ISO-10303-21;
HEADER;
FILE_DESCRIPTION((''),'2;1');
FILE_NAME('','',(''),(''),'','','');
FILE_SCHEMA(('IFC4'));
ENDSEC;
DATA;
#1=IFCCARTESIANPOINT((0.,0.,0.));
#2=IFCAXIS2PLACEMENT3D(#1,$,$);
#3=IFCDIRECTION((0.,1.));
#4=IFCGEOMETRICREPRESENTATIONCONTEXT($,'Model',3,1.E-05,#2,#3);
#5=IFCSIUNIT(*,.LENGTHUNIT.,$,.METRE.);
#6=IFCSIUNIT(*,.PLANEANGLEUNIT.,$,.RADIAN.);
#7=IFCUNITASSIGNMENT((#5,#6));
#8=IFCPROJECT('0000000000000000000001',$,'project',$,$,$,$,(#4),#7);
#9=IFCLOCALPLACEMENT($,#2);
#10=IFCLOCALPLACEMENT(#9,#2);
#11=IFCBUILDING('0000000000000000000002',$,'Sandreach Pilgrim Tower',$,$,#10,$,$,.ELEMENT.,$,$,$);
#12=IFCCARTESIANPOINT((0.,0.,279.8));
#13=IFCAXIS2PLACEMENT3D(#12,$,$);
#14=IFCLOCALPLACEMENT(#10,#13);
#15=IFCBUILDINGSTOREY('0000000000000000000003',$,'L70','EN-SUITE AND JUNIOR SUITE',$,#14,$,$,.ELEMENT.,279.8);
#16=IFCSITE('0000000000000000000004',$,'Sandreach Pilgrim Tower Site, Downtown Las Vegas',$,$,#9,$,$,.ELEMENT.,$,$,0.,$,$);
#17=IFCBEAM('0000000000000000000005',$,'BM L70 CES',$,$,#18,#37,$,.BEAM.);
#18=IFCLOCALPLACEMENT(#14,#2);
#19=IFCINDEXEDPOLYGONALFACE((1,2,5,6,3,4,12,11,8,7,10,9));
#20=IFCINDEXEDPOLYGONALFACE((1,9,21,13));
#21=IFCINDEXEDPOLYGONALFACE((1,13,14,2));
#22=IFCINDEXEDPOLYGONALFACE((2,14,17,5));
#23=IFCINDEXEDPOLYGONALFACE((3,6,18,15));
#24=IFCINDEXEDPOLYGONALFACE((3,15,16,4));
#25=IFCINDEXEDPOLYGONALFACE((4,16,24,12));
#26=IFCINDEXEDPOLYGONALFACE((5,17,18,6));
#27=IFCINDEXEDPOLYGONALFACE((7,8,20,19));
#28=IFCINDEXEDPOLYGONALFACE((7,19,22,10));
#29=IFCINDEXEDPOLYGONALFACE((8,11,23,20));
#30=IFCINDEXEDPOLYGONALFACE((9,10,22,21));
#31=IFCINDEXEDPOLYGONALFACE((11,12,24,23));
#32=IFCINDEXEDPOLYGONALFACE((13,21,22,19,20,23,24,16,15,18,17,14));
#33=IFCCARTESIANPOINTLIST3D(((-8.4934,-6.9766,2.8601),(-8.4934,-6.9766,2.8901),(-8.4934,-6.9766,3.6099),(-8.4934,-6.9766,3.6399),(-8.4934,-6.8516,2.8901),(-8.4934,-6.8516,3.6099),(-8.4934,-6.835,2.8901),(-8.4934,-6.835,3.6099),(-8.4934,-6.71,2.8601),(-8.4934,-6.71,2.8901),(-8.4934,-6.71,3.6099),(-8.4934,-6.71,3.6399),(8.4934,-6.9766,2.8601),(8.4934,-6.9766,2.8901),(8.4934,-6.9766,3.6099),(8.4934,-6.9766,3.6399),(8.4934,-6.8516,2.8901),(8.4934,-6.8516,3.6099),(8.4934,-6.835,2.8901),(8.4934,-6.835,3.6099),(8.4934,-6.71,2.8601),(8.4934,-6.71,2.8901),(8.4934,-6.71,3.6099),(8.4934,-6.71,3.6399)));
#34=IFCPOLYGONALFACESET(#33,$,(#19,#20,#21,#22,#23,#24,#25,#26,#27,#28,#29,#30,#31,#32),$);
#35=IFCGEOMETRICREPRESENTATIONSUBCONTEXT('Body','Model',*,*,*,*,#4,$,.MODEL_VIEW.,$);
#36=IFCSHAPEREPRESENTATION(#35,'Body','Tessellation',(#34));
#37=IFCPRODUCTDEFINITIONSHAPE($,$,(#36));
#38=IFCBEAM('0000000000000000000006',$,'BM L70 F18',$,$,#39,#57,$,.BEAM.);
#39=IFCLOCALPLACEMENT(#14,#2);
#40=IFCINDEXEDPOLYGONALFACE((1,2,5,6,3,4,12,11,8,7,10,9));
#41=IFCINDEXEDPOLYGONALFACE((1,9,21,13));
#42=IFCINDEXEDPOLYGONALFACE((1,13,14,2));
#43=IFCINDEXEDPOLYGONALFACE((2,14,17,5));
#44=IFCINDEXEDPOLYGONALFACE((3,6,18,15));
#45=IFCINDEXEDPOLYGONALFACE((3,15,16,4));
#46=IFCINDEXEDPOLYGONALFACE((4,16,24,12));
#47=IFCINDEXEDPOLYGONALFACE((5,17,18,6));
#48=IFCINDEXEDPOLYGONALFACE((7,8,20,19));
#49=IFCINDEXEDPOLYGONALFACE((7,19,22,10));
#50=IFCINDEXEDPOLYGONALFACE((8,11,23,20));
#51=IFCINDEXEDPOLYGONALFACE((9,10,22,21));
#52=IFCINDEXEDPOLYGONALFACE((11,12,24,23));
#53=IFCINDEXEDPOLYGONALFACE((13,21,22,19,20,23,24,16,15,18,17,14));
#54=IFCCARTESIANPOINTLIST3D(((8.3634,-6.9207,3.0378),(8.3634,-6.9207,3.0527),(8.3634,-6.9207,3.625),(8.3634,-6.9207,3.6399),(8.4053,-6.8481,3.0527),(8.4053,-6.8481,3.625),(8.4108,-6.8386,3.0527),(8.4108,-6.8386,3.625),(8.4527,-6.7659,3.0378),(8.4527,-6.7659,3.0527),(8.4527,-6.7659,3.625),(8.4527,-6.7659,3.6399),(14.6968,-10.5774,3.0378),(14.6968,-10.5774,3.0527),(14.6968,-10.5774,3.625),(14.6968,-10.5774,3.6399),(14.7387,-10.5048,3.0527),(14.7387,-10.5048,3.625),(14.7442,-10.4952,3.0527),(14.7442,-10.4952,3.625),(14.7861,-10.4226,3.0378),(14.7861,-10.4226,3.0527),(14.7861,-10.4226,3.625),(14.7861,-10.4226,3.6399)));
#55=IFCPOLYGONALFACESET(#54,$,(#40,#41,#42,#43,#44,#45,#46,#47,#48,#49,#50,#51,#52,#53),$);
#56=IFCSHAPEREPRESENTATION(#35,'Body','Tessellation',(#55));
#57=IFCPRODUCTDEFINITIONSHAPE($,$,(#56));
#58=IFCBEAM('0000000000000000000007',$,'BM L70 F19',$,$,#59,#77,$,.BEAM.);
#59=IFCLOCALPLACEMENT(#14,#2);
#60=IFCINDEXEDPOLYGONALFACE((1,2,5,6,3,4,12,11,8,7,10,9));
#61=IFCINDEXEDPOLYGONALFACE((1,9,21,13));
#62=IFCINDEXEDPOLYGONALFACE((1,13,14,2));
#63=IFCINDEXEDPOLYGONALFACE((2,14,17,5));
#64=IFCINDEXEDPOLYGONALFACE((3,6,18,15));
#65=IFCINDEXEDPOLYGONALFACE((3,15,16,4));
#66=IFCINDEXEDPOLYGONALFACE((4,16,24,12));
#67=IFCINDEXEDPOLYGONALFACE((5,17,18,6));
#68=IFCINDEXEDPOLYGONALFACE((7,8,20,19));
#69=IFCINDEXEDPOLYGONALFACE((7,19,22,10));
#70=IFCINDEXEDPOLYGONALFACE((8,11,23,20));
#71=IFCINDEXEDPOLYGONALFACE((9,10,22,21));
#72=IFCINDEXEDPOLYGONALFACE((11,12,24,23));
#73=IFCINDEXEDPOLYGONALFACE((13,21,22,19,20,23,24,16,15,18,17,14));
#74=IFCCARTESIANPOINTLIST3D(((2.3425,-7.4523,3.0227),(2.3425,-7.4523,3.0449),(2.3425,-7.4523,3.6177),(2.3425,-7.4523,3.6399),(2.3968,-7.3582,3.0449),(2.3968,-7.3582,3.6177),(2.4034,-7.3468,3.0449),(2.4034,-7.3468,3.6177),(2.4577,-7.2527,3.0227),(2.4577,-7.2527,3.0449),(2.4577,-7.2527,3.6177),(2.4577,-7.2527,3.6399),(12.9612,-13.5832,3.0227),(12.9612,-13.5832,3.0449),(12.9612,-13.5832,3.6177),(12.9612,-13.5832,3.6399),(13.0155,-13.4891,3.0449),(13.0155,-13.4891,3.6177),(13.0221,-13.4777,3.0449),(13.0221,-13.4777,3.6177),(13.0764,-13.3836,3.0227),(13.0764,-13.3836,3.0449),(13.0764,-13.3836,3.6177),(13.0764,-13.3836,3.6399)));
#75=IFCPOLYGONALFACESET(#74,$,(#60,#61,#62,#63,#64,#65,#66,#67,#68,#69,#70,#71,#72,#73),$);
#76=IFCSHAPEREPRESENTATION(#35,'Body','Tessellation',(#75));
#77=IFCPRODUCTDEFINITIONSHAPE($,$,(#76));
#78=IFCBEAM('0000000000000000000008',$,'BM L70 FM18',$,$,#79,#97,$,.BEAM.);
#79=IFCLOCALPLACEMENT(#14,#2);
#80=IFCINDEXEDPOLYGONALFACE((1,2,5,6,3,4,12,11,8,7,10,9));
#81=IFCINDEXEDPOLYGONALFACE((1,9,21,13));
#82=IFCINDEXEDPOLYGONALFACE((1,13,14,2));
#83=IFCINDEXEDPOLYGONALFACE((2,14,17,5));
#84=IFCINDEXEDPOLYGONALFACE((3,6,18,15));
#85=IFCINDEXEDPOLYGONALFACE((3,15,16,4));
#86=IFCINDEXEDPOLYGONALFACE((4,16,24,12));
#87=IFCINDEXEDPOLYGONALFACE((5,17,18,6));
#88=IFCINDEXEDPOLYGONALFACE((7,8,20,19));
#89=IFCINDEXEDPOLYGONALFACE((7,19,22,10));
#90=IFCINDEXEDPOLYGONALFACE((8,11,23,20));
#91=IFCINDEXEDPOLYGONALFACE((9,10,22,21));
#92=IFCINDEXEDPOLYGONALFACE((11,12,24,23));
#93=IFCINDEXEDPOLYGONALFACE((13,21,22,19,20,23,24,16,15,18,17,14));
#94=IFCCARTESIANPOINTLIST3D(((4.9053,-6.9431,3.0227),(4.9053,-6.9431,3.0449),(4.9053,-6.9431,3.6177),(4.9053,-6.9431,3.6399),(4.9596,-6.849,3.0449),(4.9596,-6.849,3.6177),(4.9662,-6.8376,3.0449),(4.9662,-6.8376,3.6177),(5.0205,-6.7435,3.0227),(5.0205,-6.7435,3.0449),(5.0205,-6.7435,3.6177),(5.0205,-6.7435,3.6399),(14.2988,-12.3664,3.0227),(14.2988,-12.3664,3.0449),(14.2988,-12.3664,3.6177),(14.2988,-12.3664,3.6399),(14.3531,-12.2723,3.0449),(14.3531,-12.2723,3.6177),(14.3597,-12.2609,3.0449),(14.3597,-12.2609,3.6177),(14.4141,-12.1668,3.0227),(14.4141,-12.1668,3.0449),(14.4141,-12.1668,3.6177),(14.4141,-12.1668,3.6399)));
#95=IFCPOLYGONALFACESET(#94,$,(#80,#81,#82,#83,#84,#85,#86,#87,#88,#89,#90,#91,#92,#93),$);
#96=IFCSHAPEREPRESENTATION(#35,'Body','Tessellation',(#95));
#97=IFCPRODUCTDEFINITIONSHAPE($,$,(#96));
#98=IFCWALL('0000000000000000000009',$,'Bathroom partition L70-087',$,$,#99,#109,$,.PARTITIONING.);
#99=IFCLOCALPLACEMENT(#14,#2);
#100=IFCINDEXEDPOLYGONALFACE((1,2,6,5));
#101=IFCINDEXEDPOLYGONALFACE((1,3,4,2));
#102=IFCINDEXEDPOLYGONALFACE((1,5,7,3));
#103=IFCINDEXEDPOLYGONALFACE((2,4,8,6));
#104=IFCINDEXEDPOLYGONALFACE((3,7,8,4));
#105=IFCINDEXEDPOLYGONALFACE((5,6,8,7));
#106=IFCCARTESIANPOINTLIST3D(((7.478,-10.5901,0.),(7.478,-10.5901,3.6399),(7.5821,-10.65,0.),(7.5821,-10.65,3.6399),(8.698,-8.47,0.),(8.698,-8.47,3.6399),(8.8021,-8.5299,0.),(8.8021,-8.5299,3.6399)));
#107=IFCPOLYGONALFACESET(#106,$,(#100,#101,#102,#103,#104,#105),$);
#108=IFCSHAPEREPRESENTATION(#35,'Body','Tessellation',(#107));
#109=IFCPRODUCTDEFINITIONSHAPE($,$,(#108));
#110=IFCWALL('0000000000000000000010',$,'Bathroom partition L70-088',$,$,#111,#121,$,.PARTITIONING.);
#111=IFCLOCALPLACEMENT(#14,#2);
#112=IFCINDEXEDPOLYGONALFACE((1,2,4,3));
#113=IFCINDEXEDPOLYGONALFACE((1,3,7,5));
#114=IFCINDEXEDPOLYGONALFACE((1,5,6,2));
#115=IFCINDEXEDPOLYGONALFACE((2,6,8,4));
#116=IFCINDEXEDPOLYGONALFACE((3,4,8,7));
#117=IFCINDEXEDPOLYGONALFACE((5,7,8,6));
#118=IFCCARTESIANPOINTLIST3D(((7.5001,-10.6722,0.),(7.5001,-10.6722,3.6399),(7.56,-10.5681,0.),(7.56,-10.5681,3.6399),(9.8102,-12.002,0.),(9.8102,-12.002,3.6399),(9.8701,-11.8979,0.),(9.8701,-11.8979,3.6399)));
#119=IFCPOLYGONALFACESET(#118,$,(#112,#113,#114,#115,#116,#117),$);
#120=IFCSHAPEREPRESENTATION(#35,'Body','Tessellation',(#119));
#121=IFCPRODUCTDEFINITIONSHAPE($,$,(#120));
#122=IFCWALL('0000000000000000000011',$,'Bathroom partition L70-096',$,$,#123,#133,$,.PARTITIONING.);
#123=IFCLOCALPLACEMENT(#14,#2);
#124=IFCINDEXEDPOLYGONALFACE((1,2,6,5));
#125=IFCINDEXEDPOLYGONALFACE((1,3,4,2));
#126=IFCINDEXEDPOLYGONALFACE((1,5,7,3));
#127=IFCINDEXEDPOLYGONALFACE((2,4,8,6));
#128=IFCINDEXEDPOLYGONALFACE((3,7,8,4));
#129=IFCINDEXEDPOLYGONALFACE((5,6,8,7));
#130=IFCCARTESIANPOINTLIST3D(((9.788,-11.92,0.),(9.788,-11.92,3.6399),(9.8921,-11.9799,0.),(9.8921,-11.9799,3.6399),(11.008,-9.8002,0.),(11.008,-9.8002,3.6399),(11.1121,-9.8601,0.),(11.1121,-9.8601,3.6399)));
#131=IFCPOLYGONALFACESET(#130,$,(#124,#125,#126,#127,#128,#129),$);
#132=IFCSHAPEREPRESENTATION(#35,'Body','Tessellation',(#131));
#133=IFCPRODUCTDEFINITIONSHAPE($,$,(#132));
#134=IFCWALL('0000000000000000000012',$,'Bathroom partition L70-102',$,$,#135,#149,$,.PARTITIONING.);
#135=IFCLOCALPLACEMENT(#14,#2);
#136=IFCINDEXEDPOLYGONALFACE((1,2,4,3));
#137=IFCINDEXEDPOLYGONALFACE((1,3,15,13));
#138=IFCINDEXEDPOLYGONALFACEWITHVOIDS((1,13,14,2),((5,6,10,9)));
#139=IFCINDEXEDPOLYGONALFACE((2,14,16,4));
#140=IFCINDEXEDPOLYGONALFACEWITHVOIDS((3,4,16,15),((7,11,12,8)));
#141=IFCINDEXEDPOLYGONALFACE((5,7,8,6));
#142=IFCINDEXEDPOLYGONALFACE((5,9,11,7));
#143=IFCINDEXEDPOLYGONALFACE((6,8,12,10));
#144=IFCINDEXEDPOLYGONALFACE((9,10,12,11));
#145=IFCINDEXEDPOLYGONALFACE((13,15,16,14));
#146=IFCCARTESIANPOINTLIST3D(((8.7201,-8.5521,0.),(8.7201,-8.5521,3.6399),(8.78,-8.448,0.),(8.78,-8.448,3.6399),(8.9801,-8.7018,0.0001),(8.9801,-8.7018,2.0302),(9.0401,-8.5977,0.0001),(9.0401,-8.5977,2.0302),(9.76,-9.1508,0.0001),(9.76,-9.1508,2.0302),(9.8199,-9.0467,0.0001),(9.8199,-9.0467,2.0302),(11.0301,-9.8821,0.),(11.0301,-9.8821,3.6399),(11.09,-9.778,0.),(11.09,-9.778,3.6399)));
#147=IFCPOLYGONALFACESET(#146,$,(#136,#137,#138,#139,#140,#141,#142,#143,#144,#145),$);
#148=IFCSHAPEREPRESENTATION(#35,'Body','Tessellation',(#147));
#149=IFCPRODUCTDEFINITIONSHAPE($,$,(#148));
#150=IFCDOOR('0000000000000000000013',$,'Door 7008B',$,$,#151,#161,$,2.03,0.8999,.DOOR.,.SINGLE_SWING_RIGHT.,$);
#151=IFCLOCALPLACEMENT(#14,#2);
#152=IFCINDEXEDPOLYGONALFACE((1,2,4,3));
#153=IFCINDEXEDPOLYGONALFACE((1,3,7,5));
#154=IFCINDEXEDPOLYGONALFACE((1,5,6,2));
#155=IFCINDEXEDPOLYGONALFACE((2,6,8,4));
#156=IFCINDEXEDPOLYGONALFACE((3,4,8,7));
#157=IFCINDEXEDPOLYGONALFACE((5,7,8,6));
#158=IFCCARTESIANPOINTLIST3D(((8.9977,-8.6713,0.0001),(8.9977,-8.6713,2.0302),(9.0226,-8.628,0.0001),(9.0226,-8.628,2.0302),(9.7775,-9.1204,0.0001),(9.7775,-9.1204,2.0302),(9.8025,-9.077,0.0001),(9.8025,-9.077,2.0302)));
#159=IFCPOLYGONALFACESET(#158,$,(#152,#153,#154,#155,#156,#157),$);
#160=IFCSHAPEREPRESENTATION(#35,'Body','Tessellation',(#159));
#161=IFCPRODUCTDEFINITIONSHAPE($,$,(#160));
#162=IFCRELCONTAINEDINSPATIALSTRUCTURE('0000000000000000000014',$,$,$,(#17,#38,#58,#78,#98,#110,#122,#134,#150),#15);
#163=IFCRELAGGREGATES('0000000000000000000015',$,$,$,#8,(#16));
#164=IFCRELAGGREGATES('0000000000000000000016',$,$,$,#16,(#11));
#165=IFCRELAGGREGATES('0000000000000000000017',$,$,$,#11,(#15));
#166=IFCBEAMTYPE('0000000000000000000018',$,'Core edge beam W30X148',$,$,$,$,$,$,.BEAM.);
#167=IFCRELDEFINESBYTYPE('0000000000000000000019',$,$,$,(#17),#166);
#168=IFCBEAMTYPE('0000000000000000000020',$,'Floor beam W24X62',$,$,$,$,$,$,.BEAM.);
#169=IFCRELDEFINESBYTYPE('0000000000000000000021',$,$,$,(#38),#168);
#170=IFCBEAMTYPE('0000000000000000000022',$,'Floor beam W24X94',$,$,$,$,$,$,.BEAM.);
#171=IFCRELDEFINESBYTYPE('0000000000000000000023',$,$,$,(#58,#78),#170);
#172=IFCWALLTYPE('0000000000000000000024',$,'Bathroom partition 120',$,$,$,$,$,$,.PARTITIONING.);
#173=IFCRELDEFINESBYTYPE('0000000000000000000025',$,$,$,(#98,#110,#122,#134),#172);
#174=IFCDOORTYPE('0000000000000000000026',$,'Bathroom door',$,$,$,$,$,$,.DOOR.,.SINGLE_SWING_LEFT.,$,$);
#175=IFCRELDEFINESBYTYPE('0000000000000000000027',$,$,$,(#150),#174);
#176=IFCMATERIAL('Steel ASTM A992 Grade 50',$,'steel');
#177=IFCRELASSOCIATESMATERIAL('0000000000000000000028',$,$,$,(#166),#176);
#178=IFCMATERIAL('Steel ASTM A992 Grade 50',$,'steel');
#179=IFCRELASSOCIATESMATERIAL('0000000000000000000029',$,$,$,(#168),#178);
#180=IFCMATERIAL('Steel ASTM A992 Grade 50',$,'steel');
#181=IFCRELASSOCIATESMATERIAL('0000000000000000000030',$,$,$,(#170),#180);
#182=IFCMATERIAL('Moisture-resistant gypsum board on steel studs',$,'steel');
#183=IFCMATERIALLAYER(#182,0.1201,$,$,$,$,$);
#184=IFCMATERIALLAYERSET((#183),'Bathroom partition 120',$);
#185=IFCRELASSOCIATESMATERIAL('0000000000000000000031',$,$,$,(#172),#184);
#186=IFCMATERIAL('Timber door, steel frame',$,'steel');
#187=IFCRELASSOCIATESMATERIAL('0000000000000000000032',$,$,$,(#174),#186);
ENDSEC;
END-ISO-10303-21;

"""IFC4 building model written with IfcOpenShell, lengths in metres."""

from ifc_helpers import new_model, si_unit, direction, frame, frame_2d, origin, origin_2d, place, context, subcontext, project, spatial, rectangle, i_section, extrude, material, layer, layer_set, material_profile, profile_set, type_object, element, fill, save


model = new_model("IFC4")

# Units and contexts
model_context = context("Model", 3, precision=1e-05, world=origin(), true_north=direction((0.0, 1.0)))
body_context = subcontext(model_context, "Body", "Model", "MODEL_VIEW")
ifc_project = project(units=[si_unit("LENGTHUNIT", "METRE"), si_unit("PLANEANGLEUNIT", "RADIAN")], contexts=[model_context])

# Site, building, storey
site_placement = place(None, origin())
site = spatial("IfcSite", under=ifc_project, at=site_placement, Name="Sandreach Pilgrim Tower Site, Downtown Las Vegas", CompositionType="ELEMENT", RefElevation=0.0)
building_placement = place(site_placement, origin())
building = spatial("IfcBuilding", under=site, at=building_placement, Name="Sandreach Pilgrim Tower", CompositionType="ELEMENT")
storey_placement = place(building_placement, frame((0.0, 0.0, 279.8)))
storey = spatial("IfcBuildingStorey", under=building, at=storey_placement, Name="L70", Description="EN-SUITE AND JUNIOR SUITE", CompositionType="ELEMENT", Elevation=279.8)

# Beams
ifc_material_1 = material(Name="Steel ASTM A992 Grade 50", Category="steel")
ifc_material_profile_1 = material_profile(ifc_material_1, i_section(OverallWidth=0.2666, OverallDepth=0.7798, WebThickness=0.0166, FlangeThickness=0.03, at=origin_2d()), Name="W30X148")
ifc_profile_set_1 = profile_set([ifc_material_profile_1], Name="Steel ASTM A992 Grade 50")
beam_type_1 = type_object("IfcBeamType", Name="Core edge beam W30X148", PredefinedType="BEAM", material=ifc_profile_set_1)
beam_1_placement = place(storey_placement, frame((8.4934, -6.8433, 3.25), z_axis=(-1.0, 0.0, 0.0), x_axis=(0.0, -1.0, 0.0)))
element("IfcBeam", 1, at=beam_1_placement, inside=storey, type_object=beam_type_1, Name="BM L70 CES", PredefinedType="BEAM", context=body_context, shape_type="SweptSolid", body=[
    extrude(i_section(OverallWidth=0.2666, OverallDepth=0.7798, WebThickness=0.0166, FlangeThickness=0.03, at=origin_2d()), origin(), (0.0, 0.0, 1.0), 16.9868),
])
ifc_material_2 = material(Name="Steel ASTM A992 Grade 50", Category="steel")
ifc_material_profile_2 = material_profile(ifc_material_2, i_section(OverallWidth=0.1787, OverallDepth=0.6021, WebThickness=0.011, FlangeThickness=0.0149, at=origin_2d()), Name="W24X62")
ifc_profile_set_2 = profile_set([ifc_material_profile_2], Name="Steel ASTM A992 Grade 50")
beam_type_2 = type_object("IfcBeamType", Name="Floor beam W24X62", PredefinedType="BEAM", material=ifc_profile_set_2)
beam_2_placement = place(storey_placement, frame((14.7415, -10.5, 3.3389), z_axis=(-0.86602, 0.500009, 0.0), x_axis=(-0.500009, -0.86602, 0.0)))
element("IfcBeam", 2, at=beam_2_placement, inside=storey, type_object=beam_type_2, Name="BM L70 F18", PredefinedType="BEAM", context=body_context, shape_type="SweptSolid", body=[
    extrude(i_section(OverallWidth=0.1787, OverallDepth=0.6021, WebThickness=0.011, FlangeThickness=0.0149, at=origin_2d()), origin(), (0.0, 0.0, 1.0), 7.3132),
])
ifc_material_3 = material(Name="Steel ASTM A992 Grade 50", Category="steel")
ifc_material_profile_3 = material_profile(ifc_material_3, i_section(OverallWidth=0.2305, OverallDepth=0.6172, WebThickness=0.0132, FlangeThickness=0.0222, at=origin_2d()), Name="W24X94")
ifc_profile_set_3 = profile_set([ifc_material_profile_3], Name="Steel ASTM A992 Grade 50")
beam_type_3 = type_object("IfcBeamType", Name="Floor beam W24X94", PredefinedType="BEAM", material=ifc_profile_set_3)
beam_3_placement = place(storey_placement, frame((13.0188, -13.4834, 3.3313), z_axis=(-0.866019, 0.500011, 0.0), x_axis=(-0.500011, -0.866019, 0.0)))
element("IfcBeam", 3, at=beam_3_placement, inside=storey, type_object=beam_type_3, Name="BM L70 F19", PredefinedType="BEAM", context=body_context, shape_type="SweptSolid", body=[
    extrude(i_section(OverallWidth=0.2305, OverallDepth=0.6172, WebThickness=0.0132, FlangeThickness=0.0222, at=origin_2d()), origin(), (0.0, 0.0, 1.0), 12.2615),
])
beam_4_placement = place(storey_placement, frame((14.3564, -12.2666, 3.3313), z_axis=(-0.866027, 0.499998, 0.0), x_axis=(-0.499998, -0.866027, 0.0)))
element("IfcBeam", 4, at=beam_4_placement, inside=storey, type_object=beam_type_3, Name="BM L70 FM18", PredefinedType="BEAM", context=body_context, shape_type="SweptSolid", body=[
    extrude(i_section(OverallWidth=0.2305, OverallDepth=0.6172, WebThickness=0.0132, FlangeThickness=0.0222, at=origin_2d()), origin(), (0.0, 0.0, 1.0), 10.8467),
])

# Walls
ifc_material_4 = material(Name="Moisture-resistant gypsum board on steel studs", Category="steel")
ifc_layer_1 = layer(ifc_material_4, 0.1201)
ifc_layer_set_1 = layer_set([ifc_layer_1], Name="Bathroom partition 120")
wall_type_1 = type_object("IfcWallType", Name="Bathroom partition 120", PredefinedType="PARTITIONING", material=ifc_layer_set_1)
wall_1_placement = place(storey_placement, frame((7.53, -10.6201, 0.0), z_axis=(0.0, 0.0, 1.0), x_axis=(0.498749, 0.866747, 0.0)))
element("IfcWall", 5, at=wall_1_placement, inside=storey, type_object=wall_type_1, Name="Bathroom partition L70-087", PredefinedType="PARTITIONING", context=body_context, shape_type="SweptSolid", body=[
    extrude(rectangle(XDim=2.446, YDim=0.1201, at=frame_2d((1.2231, 0.0))), origin(), (0.0, 0.0, 1.0), 3.6399),
])
wall_2_placement = place(storey_placement, frame((7.53, -10.6201, 0.0), z_axis=(0.0, 0.0, 1.0), x_axis=(0.866655, -0.498908, 0.0)))
element("IfcWall", 6, at=wall_2_placement, inside=storey, type_object=wall_type_1, Name="Bathroom partition L70-088", PredefinedType="PARTITIONING", context=body_context, shape_type="SweptSolid", body=[
    extrude(rectangle(XDim=2.6655, YDim=0.1201, at=frame_2d((1.3328, 0.0))), origin(), (0.0, 0.0, 1.0), 3.6399),
])
wall_3_placement = place(storey_placement, frame((9.8401, -11.95, 0.0), z_axis=(0.0, 0.0, 1.0), x_axis=(0.498792, 0.866722, 0.0)))
element("IfcWall", 7, at=wall_3_placement, inside=storey, type_object=wall_type_1, Name="Bathroom partition L70-096", PredefinedType="PARTITIONING", context=body_context, shape_type="SweptSolid", body=[
    extrude(rectangle(XDim=2.4458, YDim=0.1201, at=frame_2d((1.2229, 0.0))), origin(), (0.0, 0.0, 1.0), 3.6399),
])

# Wall, opening, door
wall_4_placement = place(storey_placement, frame((11.0601, -9.8301, 0.0), z_axis=(0.0, 0.0, 1.0), x_axis=(-0.866615, 0.498977, 0.0)))
wall_4 = element("IfcWall", 8, at=wall_4_placement, inside=storey, type_object=wall_type_1, Name="Bathroom partition L70-102", PredefinedType="PARTITIONING", context=body_context, shape_type="SweptSolid", body=[
    extrude(rectangle(XDim=2.6655, YDim=0.1201, at=frame_2d((1.3328, 0.0))), origin(), (0.0, 0.0, 1.0), 3.6399),
])
opening_1_placement = place(wall_4_placement, frame((1.4656, 0.0, 0.0)))
opening_1 = element("IfcOpeningElement", 9, at=opening_1_placement, cuts=wall_4, PredefinedType="OPENING", context=body_context, shape_type="SweptSolid", body=[
    extrude(rectangle(XDim=0.8999, YDim=2.03, at=frame_2d((0.45, 1.0151))), frame((0.0, 0.0601, 0.0), z_axis=(0.0, -1.0, 0.0), x_axis=(1.0, 0.0, 0.0)), (0.0, 0.0, 1.0), 0.1201),
])
ifc_material_5 = material(Name="Timber door, steel frame", Category="steel")
door_type_1 = type_object("IfcDoorType", Name="Bathroom door", OperationType="SINGLE_SWING_LEFT", PredefinedType="DOOR", material=ifc_material_5)
door_1_placement = place(opening_1_placement, origin())
door_1 = element("IfcDoor", 10, at=door_1_placement, inside=storey, type_object=door_type_1, Name="Door 7008B", OperationType="SINGLE_SWING_RIGHT", OverallHeight=2.03, OverallWidth=0.8999, PredefinedType="DOOR", context=body_context, shape_type="SweptSolid", body=[
    extrude(rectangle(XDim=0.8999, YDim=2.03, at=frame_2d((0.45, 1.0151))), frame((0.0, 0.0249, 0.0), z_axis=(0.0, -1.0, 0.0), x_axis=(1.0, 0.0, 0.0)), (0.0, 0.0, 1.0), 0.05),
])
fill(opening_1, door_1)

save(model, "model.ifc")
